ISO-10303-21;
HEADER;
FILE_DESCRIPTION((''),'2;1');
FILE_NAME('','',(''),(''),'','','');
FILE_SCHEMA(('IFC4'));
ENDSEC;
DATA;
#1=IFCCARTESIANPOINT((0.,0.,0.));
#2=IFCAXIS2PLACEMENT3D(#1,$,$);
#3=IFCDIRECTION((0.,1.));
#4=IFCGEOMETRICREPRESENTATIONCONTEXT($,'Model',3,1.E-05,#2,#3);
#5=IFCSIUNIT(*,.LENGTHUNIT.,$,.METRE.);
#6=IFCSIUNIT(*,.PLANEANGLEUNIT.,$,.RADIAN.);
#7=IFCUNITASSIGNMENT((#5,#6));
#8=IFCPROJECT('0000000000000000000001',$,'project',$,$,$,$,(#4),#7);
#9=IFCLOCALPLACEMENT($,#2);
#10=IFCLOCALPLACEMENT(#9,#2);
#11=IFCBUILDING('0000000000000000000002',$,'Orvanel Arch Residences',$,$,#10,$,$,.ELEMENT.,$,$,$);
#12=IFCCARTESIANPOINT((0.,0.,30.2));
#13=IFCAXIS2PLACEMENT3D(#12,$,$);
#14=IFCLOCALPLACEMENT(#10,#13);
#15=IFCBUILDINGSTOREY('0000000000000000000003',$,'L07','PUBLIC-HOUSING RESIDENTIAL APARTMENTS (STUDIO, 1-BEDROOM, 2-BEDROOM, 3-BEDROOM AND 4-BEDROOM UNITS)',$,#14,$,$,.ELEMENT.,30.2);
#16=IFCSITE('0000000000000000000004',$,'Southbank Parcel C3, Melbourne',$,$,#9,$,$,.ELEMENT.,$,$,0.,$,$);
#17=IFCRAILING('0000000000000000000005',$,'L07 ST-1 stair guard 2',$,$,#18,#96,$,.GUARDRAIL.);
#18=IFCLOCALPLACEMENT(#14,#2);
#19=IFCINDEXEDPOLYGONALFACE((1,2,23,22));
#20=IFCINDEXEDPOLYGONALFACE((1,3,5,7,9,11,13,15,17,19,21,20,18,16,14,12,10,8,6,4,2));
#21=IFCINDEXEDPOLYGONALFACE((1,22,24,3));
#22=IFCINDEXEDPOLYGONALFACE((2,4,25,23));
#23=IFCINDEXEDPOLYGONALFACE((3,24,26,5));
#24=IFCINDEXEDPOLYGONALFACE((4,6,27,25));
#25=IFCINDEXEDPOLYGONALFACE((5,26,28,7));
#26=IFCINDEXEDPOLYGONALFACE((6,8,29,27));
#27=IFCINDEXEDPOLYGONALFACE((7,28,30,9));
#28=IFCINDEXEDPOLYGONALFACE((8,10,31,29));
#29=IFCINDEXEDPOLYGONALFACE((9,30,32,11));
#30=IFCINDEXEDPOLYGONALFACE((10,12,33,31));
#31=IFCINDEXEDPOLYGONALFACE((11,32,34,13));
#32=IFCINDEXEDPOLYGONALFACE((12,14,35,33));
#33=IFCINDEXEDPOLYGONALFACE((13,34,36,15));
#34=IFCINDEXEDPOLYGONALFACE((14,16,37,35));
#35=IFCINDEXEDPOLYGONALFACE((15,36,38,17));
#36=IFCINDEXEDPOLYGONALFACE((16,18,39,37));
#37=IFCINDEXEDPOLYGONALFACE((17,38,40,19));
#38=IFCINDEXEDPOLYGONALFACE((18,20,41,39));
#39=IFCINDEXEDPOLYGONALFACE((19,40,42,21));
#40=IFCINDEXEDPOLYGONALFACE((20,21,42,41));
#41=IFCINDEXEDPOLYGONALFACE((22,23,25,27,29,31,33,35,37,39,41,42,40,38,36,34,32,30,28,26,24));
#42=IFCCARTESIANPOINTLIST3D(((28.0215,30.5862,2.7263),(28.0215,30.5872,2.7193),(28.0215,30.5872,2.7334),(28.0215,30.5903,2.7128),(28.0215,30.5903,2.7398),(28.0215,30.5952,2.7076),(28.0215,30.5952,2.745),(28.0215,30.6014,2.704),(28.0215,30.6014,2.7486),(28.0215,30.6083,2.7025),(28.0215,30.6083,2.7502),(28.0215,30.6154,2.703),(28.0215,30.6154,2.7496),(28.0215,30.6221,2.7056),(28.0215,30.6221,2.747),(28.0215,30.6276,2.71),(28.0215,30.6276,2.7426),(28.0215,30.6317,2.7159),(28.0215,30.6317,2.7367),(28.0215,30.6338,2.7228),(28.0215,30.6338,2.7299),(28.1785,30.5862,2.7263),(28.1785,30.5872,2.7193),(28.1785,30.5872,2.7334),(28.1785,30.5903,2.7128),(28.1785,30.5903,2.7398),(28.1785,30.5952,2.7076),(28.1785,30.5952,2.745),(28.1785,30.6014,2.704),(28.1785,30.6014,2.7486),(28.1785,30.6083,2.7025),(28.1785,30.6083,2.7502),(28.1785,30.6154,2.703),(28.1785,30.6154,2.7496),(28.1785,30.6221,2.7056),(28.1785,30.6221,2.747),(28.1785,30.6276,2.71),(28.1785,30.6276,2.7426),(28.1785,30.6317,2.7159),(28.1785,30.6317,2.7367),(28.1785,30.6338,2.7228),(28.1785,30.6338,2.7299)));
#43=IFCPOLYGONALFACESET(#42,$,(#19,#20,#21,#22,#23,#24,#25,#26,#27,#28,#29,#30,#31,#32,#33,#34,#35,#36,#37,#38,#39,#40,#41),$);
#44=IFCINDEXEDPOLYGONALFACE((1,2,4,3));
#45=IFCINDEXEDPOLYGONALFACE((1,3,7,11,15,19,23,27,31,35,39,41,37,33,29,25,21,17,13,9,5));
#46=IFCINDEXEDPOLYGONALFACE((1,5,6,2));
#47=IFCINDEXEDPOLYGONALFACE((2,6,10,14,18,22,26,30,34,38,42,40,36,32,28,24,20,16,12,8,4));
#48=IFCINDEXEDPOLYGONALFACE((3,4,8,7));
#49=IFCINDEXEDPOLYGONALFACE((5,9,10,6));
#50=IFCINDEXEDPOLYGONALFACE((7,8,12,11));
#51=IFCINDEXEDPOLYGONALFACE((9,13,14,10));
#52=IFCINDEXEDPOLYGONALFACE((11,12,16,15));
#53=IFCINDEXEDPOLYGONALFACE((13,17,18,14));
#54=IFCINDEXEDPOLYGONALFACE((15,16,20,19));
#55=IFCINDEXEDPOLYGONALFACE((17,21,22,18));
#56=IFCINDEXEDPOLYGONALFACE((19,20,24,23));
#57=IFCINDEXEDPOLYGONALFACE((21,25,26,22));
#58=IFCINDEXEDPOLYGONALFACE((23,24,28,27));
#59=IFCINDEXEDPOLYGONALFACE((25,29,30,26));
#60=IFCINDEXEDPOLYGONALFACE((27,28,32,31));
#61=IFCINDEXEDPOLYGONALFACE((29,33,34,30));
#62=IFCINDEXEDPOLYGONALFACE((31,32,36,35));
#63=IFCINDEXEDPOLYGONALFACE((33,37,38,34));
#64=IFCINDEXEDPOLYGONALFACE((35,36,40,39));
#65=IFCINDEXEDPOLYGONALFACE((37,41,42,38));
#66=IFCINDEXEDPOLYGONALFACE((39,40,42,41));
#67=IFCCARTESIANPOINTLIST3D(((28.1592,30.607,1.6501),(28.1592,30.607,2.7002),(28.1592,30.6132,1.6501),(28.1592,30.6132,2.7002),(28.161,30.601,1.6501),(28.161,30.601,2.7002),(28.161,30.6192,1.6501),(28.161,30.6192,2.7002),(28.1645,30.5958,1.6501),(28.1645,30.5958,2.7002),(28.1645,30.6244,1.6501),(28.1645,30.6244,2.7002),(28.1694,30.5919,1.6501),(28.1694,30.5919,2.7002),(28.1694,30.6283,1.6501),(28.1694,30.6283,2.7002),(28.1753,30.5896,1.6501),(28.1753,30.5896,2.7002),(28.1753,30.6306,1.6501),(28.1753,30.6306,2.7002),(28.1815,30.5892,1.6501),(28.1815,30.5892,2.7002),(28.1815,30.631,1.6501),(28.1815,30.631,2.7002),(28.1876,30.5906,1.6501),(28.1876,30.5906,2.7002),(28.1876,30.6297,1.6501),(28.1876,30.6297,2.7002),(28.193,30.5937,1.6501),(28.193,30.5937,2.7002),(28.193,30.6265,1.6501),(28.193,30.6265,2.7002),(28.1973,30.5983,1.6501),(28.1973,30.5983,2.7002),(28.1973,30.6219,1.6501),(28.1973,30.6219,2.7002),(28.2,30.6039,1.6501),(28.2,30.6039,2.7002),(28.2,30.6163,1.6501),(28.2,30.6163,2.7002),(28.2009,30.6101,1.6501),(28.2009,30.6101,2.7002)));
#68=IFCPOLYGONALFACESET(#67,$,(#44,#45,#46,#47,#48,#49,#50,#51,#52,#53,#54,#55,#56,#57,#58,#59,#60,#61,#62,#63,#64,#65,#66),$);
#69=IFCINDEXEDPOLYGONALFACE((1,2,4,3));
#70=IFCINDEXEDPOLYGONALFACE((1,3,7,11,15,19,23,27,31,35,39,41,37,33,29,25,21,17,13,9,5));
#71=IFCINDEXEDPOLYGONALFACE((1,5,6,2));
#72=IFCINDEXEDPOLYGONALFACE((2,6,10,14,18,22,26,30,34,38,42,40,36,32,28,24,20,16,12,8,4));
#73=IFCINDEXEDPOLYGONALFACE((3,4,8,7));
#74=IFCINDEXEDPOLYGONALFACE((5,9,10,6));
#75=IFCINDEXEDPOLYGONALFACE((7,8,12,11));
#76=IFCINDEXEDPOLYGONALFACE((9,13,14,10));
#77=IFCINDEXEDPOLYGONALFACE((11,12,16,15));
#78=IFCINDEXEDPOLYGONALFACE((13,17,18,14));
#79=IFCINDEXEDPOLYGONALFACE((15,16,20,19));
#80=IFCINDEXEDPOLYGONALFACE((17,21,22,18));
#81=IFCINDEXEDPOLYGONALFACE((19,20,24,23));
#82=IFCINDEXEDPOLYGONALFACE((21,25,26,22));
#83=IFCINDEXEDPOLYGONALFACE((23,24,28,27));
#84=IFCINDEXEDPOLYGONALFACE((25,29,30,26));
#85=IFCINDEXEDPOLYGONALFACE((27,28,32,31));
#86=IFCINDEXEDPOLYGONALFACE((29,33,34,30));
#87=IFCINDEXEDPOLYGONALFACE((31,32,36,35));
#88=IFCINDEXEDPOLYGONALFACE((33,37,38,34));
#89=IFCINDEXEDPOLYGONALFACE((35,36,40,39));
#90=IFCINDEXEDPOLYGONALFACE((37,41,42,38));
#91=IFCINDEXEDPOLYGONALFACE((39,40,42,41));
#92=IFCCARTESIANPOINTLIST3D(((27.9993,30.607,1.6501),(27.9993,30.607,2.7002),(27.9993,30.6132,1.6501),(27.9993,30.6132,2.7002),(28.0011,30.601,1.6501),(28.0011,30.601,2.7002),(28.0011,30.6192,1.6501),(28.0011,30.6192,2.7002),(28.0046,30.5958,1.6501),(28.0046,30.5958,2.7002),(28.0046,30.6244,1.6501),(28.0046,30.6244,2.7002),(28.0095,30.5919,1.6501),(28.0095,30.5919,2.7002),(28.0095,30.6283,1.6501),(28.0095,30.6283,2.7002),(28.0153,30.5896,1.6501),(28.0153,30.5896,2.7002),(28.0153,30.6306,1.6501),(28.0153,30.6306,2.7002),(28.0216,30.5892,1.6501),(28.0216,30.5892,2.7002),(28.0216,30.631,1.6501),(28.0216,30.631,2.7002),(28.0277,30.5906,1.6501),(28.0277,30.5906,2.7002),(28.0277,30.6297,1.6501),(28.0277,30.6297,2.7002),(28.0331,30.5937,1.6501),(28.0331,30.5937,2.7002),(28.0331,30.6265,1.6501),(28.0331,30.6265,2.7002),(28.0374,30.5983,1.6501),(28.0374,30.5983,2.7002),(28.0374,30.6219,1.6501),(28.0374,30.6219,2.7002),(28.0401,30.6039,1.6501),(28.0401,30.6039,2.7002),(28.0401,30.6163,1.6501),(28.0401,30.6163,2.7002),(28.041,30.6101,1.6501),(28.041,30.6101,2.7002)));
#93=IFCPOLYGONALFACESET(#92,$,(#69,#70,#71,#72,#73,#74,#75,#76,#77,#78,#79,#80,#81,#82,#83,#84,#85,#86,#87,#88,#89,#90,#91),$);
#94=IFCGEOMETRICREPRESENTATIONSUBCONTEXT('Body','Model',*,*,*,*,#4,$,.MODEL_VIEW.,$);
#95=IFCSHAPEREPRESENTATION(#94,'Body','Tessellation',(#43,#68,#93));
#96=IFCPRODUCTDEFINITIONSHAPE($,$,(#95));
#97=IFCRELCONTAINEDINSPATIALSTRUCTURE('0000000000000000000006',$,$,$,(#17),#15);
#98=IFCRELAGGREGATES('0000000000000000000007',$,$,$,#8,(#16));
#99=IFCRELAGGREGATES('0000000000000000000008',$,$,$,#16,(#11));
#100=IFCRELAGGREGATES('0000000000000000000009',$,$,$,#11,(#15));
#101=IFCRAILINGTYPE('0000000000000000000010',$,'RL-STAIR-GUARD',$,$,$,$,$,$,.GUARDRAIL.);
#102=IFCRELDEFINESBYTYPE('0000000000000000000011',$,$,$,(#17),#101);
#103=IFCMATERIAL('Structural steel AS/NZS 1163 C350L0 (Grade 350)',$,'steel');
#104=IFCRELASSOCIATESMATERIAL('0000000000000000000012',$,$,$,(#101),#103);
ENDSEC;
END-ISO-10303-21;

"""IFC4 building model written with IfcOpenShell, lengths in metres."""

from ifc_helpers import new_model, si_unit, direction, frame, origin, origin_2d, place, context, subcontext, project, spatial, circle, extrude, material, type_object, element, save


model = new_model("IFC4")

# Units and contexts
model_context = context("Model", 3, precision=1e-05, world=origin(), true_north=direction((0.0, 1.0)))
body_context = subcontext(model_context, "Body", "Model", "MODEL_VIEW")
ifc_project = project(units=[si_unit("LENGTHUNIT", "METRE"), si_unit("PLANEANGLEUNIT", "RADIAN")], contexts=[model_context])

# Site, building, storey
site_placement = place(None, origin())
site = spatial("IfcSite", under=ifc_project, at=site_placement, Name="Southbank Parcel C3, Melbourne", CompositionType="ELEMENT", RefElevation=0.0)
building_placement = place(site_placement, origin())
building = spatial("IfcBuilding", under=site, at=building_placement, Name="Orvanel Arch Residences", CompositionType="ELEMENT")
storey_placement = place(building_placement, frame((0.0, 0.0, 30.2)))
storey = spatial("IfcBuildingStorey", under=building, at=storey_placement, Name="L07", Description="PUBLIC-HOUSING RESIDENTIAL APARTMENTS (STUDIO, 1-BEDROOM, 2-BEDROOM, 3-BEDROOM AND 4-BEDROOM UNITS)", CompositionType="ELEMENT", Elevation=30.2)

# Railing
ifc_material_1 = material(Name="Structural steel AS/NZS 1163 C350L0 (Grade 350)", Category="steel")
railing_type_1 = type_object("IfcRailingType", Name="RL-STAIR-GUARD", PredefinedType="GUARDRAIL", material=ifc_material_1)
railing_1_placement = place(storey_placement, frame((28.1799, 30.6101, 1.6501)))
element("IfcRailing", 1, at=railing_1_placement, inside=storey, type_object=railing_type_1, Name="L07 ST-1 stair guard 2", PredefinedType="GUARDRAIL", context=body_context, shape_type="SweptSolid", body=[
    extrude(circle(Radius=0.0239, at=origin_2d()), frame((-0.0015, 0.0, 1.0762), z_axis=(-1.0, 0.0, 0.0), x_axis=(0.0, -1.0, 0.0)), (0.0, 0.0, 1.0), 0.157),
    extrude(circle(Radius=0.021, at=origin_2d()), origin(), (0.0, 0.0, 1.0), 1.05),
    extrude(circle(Radius=0.021, at=origin_2d()), frame((-0.1599, 0.0, 0.0)), (0.0, 0.0, 1.0), 1.05),
])

save(model, "model.ifc")
